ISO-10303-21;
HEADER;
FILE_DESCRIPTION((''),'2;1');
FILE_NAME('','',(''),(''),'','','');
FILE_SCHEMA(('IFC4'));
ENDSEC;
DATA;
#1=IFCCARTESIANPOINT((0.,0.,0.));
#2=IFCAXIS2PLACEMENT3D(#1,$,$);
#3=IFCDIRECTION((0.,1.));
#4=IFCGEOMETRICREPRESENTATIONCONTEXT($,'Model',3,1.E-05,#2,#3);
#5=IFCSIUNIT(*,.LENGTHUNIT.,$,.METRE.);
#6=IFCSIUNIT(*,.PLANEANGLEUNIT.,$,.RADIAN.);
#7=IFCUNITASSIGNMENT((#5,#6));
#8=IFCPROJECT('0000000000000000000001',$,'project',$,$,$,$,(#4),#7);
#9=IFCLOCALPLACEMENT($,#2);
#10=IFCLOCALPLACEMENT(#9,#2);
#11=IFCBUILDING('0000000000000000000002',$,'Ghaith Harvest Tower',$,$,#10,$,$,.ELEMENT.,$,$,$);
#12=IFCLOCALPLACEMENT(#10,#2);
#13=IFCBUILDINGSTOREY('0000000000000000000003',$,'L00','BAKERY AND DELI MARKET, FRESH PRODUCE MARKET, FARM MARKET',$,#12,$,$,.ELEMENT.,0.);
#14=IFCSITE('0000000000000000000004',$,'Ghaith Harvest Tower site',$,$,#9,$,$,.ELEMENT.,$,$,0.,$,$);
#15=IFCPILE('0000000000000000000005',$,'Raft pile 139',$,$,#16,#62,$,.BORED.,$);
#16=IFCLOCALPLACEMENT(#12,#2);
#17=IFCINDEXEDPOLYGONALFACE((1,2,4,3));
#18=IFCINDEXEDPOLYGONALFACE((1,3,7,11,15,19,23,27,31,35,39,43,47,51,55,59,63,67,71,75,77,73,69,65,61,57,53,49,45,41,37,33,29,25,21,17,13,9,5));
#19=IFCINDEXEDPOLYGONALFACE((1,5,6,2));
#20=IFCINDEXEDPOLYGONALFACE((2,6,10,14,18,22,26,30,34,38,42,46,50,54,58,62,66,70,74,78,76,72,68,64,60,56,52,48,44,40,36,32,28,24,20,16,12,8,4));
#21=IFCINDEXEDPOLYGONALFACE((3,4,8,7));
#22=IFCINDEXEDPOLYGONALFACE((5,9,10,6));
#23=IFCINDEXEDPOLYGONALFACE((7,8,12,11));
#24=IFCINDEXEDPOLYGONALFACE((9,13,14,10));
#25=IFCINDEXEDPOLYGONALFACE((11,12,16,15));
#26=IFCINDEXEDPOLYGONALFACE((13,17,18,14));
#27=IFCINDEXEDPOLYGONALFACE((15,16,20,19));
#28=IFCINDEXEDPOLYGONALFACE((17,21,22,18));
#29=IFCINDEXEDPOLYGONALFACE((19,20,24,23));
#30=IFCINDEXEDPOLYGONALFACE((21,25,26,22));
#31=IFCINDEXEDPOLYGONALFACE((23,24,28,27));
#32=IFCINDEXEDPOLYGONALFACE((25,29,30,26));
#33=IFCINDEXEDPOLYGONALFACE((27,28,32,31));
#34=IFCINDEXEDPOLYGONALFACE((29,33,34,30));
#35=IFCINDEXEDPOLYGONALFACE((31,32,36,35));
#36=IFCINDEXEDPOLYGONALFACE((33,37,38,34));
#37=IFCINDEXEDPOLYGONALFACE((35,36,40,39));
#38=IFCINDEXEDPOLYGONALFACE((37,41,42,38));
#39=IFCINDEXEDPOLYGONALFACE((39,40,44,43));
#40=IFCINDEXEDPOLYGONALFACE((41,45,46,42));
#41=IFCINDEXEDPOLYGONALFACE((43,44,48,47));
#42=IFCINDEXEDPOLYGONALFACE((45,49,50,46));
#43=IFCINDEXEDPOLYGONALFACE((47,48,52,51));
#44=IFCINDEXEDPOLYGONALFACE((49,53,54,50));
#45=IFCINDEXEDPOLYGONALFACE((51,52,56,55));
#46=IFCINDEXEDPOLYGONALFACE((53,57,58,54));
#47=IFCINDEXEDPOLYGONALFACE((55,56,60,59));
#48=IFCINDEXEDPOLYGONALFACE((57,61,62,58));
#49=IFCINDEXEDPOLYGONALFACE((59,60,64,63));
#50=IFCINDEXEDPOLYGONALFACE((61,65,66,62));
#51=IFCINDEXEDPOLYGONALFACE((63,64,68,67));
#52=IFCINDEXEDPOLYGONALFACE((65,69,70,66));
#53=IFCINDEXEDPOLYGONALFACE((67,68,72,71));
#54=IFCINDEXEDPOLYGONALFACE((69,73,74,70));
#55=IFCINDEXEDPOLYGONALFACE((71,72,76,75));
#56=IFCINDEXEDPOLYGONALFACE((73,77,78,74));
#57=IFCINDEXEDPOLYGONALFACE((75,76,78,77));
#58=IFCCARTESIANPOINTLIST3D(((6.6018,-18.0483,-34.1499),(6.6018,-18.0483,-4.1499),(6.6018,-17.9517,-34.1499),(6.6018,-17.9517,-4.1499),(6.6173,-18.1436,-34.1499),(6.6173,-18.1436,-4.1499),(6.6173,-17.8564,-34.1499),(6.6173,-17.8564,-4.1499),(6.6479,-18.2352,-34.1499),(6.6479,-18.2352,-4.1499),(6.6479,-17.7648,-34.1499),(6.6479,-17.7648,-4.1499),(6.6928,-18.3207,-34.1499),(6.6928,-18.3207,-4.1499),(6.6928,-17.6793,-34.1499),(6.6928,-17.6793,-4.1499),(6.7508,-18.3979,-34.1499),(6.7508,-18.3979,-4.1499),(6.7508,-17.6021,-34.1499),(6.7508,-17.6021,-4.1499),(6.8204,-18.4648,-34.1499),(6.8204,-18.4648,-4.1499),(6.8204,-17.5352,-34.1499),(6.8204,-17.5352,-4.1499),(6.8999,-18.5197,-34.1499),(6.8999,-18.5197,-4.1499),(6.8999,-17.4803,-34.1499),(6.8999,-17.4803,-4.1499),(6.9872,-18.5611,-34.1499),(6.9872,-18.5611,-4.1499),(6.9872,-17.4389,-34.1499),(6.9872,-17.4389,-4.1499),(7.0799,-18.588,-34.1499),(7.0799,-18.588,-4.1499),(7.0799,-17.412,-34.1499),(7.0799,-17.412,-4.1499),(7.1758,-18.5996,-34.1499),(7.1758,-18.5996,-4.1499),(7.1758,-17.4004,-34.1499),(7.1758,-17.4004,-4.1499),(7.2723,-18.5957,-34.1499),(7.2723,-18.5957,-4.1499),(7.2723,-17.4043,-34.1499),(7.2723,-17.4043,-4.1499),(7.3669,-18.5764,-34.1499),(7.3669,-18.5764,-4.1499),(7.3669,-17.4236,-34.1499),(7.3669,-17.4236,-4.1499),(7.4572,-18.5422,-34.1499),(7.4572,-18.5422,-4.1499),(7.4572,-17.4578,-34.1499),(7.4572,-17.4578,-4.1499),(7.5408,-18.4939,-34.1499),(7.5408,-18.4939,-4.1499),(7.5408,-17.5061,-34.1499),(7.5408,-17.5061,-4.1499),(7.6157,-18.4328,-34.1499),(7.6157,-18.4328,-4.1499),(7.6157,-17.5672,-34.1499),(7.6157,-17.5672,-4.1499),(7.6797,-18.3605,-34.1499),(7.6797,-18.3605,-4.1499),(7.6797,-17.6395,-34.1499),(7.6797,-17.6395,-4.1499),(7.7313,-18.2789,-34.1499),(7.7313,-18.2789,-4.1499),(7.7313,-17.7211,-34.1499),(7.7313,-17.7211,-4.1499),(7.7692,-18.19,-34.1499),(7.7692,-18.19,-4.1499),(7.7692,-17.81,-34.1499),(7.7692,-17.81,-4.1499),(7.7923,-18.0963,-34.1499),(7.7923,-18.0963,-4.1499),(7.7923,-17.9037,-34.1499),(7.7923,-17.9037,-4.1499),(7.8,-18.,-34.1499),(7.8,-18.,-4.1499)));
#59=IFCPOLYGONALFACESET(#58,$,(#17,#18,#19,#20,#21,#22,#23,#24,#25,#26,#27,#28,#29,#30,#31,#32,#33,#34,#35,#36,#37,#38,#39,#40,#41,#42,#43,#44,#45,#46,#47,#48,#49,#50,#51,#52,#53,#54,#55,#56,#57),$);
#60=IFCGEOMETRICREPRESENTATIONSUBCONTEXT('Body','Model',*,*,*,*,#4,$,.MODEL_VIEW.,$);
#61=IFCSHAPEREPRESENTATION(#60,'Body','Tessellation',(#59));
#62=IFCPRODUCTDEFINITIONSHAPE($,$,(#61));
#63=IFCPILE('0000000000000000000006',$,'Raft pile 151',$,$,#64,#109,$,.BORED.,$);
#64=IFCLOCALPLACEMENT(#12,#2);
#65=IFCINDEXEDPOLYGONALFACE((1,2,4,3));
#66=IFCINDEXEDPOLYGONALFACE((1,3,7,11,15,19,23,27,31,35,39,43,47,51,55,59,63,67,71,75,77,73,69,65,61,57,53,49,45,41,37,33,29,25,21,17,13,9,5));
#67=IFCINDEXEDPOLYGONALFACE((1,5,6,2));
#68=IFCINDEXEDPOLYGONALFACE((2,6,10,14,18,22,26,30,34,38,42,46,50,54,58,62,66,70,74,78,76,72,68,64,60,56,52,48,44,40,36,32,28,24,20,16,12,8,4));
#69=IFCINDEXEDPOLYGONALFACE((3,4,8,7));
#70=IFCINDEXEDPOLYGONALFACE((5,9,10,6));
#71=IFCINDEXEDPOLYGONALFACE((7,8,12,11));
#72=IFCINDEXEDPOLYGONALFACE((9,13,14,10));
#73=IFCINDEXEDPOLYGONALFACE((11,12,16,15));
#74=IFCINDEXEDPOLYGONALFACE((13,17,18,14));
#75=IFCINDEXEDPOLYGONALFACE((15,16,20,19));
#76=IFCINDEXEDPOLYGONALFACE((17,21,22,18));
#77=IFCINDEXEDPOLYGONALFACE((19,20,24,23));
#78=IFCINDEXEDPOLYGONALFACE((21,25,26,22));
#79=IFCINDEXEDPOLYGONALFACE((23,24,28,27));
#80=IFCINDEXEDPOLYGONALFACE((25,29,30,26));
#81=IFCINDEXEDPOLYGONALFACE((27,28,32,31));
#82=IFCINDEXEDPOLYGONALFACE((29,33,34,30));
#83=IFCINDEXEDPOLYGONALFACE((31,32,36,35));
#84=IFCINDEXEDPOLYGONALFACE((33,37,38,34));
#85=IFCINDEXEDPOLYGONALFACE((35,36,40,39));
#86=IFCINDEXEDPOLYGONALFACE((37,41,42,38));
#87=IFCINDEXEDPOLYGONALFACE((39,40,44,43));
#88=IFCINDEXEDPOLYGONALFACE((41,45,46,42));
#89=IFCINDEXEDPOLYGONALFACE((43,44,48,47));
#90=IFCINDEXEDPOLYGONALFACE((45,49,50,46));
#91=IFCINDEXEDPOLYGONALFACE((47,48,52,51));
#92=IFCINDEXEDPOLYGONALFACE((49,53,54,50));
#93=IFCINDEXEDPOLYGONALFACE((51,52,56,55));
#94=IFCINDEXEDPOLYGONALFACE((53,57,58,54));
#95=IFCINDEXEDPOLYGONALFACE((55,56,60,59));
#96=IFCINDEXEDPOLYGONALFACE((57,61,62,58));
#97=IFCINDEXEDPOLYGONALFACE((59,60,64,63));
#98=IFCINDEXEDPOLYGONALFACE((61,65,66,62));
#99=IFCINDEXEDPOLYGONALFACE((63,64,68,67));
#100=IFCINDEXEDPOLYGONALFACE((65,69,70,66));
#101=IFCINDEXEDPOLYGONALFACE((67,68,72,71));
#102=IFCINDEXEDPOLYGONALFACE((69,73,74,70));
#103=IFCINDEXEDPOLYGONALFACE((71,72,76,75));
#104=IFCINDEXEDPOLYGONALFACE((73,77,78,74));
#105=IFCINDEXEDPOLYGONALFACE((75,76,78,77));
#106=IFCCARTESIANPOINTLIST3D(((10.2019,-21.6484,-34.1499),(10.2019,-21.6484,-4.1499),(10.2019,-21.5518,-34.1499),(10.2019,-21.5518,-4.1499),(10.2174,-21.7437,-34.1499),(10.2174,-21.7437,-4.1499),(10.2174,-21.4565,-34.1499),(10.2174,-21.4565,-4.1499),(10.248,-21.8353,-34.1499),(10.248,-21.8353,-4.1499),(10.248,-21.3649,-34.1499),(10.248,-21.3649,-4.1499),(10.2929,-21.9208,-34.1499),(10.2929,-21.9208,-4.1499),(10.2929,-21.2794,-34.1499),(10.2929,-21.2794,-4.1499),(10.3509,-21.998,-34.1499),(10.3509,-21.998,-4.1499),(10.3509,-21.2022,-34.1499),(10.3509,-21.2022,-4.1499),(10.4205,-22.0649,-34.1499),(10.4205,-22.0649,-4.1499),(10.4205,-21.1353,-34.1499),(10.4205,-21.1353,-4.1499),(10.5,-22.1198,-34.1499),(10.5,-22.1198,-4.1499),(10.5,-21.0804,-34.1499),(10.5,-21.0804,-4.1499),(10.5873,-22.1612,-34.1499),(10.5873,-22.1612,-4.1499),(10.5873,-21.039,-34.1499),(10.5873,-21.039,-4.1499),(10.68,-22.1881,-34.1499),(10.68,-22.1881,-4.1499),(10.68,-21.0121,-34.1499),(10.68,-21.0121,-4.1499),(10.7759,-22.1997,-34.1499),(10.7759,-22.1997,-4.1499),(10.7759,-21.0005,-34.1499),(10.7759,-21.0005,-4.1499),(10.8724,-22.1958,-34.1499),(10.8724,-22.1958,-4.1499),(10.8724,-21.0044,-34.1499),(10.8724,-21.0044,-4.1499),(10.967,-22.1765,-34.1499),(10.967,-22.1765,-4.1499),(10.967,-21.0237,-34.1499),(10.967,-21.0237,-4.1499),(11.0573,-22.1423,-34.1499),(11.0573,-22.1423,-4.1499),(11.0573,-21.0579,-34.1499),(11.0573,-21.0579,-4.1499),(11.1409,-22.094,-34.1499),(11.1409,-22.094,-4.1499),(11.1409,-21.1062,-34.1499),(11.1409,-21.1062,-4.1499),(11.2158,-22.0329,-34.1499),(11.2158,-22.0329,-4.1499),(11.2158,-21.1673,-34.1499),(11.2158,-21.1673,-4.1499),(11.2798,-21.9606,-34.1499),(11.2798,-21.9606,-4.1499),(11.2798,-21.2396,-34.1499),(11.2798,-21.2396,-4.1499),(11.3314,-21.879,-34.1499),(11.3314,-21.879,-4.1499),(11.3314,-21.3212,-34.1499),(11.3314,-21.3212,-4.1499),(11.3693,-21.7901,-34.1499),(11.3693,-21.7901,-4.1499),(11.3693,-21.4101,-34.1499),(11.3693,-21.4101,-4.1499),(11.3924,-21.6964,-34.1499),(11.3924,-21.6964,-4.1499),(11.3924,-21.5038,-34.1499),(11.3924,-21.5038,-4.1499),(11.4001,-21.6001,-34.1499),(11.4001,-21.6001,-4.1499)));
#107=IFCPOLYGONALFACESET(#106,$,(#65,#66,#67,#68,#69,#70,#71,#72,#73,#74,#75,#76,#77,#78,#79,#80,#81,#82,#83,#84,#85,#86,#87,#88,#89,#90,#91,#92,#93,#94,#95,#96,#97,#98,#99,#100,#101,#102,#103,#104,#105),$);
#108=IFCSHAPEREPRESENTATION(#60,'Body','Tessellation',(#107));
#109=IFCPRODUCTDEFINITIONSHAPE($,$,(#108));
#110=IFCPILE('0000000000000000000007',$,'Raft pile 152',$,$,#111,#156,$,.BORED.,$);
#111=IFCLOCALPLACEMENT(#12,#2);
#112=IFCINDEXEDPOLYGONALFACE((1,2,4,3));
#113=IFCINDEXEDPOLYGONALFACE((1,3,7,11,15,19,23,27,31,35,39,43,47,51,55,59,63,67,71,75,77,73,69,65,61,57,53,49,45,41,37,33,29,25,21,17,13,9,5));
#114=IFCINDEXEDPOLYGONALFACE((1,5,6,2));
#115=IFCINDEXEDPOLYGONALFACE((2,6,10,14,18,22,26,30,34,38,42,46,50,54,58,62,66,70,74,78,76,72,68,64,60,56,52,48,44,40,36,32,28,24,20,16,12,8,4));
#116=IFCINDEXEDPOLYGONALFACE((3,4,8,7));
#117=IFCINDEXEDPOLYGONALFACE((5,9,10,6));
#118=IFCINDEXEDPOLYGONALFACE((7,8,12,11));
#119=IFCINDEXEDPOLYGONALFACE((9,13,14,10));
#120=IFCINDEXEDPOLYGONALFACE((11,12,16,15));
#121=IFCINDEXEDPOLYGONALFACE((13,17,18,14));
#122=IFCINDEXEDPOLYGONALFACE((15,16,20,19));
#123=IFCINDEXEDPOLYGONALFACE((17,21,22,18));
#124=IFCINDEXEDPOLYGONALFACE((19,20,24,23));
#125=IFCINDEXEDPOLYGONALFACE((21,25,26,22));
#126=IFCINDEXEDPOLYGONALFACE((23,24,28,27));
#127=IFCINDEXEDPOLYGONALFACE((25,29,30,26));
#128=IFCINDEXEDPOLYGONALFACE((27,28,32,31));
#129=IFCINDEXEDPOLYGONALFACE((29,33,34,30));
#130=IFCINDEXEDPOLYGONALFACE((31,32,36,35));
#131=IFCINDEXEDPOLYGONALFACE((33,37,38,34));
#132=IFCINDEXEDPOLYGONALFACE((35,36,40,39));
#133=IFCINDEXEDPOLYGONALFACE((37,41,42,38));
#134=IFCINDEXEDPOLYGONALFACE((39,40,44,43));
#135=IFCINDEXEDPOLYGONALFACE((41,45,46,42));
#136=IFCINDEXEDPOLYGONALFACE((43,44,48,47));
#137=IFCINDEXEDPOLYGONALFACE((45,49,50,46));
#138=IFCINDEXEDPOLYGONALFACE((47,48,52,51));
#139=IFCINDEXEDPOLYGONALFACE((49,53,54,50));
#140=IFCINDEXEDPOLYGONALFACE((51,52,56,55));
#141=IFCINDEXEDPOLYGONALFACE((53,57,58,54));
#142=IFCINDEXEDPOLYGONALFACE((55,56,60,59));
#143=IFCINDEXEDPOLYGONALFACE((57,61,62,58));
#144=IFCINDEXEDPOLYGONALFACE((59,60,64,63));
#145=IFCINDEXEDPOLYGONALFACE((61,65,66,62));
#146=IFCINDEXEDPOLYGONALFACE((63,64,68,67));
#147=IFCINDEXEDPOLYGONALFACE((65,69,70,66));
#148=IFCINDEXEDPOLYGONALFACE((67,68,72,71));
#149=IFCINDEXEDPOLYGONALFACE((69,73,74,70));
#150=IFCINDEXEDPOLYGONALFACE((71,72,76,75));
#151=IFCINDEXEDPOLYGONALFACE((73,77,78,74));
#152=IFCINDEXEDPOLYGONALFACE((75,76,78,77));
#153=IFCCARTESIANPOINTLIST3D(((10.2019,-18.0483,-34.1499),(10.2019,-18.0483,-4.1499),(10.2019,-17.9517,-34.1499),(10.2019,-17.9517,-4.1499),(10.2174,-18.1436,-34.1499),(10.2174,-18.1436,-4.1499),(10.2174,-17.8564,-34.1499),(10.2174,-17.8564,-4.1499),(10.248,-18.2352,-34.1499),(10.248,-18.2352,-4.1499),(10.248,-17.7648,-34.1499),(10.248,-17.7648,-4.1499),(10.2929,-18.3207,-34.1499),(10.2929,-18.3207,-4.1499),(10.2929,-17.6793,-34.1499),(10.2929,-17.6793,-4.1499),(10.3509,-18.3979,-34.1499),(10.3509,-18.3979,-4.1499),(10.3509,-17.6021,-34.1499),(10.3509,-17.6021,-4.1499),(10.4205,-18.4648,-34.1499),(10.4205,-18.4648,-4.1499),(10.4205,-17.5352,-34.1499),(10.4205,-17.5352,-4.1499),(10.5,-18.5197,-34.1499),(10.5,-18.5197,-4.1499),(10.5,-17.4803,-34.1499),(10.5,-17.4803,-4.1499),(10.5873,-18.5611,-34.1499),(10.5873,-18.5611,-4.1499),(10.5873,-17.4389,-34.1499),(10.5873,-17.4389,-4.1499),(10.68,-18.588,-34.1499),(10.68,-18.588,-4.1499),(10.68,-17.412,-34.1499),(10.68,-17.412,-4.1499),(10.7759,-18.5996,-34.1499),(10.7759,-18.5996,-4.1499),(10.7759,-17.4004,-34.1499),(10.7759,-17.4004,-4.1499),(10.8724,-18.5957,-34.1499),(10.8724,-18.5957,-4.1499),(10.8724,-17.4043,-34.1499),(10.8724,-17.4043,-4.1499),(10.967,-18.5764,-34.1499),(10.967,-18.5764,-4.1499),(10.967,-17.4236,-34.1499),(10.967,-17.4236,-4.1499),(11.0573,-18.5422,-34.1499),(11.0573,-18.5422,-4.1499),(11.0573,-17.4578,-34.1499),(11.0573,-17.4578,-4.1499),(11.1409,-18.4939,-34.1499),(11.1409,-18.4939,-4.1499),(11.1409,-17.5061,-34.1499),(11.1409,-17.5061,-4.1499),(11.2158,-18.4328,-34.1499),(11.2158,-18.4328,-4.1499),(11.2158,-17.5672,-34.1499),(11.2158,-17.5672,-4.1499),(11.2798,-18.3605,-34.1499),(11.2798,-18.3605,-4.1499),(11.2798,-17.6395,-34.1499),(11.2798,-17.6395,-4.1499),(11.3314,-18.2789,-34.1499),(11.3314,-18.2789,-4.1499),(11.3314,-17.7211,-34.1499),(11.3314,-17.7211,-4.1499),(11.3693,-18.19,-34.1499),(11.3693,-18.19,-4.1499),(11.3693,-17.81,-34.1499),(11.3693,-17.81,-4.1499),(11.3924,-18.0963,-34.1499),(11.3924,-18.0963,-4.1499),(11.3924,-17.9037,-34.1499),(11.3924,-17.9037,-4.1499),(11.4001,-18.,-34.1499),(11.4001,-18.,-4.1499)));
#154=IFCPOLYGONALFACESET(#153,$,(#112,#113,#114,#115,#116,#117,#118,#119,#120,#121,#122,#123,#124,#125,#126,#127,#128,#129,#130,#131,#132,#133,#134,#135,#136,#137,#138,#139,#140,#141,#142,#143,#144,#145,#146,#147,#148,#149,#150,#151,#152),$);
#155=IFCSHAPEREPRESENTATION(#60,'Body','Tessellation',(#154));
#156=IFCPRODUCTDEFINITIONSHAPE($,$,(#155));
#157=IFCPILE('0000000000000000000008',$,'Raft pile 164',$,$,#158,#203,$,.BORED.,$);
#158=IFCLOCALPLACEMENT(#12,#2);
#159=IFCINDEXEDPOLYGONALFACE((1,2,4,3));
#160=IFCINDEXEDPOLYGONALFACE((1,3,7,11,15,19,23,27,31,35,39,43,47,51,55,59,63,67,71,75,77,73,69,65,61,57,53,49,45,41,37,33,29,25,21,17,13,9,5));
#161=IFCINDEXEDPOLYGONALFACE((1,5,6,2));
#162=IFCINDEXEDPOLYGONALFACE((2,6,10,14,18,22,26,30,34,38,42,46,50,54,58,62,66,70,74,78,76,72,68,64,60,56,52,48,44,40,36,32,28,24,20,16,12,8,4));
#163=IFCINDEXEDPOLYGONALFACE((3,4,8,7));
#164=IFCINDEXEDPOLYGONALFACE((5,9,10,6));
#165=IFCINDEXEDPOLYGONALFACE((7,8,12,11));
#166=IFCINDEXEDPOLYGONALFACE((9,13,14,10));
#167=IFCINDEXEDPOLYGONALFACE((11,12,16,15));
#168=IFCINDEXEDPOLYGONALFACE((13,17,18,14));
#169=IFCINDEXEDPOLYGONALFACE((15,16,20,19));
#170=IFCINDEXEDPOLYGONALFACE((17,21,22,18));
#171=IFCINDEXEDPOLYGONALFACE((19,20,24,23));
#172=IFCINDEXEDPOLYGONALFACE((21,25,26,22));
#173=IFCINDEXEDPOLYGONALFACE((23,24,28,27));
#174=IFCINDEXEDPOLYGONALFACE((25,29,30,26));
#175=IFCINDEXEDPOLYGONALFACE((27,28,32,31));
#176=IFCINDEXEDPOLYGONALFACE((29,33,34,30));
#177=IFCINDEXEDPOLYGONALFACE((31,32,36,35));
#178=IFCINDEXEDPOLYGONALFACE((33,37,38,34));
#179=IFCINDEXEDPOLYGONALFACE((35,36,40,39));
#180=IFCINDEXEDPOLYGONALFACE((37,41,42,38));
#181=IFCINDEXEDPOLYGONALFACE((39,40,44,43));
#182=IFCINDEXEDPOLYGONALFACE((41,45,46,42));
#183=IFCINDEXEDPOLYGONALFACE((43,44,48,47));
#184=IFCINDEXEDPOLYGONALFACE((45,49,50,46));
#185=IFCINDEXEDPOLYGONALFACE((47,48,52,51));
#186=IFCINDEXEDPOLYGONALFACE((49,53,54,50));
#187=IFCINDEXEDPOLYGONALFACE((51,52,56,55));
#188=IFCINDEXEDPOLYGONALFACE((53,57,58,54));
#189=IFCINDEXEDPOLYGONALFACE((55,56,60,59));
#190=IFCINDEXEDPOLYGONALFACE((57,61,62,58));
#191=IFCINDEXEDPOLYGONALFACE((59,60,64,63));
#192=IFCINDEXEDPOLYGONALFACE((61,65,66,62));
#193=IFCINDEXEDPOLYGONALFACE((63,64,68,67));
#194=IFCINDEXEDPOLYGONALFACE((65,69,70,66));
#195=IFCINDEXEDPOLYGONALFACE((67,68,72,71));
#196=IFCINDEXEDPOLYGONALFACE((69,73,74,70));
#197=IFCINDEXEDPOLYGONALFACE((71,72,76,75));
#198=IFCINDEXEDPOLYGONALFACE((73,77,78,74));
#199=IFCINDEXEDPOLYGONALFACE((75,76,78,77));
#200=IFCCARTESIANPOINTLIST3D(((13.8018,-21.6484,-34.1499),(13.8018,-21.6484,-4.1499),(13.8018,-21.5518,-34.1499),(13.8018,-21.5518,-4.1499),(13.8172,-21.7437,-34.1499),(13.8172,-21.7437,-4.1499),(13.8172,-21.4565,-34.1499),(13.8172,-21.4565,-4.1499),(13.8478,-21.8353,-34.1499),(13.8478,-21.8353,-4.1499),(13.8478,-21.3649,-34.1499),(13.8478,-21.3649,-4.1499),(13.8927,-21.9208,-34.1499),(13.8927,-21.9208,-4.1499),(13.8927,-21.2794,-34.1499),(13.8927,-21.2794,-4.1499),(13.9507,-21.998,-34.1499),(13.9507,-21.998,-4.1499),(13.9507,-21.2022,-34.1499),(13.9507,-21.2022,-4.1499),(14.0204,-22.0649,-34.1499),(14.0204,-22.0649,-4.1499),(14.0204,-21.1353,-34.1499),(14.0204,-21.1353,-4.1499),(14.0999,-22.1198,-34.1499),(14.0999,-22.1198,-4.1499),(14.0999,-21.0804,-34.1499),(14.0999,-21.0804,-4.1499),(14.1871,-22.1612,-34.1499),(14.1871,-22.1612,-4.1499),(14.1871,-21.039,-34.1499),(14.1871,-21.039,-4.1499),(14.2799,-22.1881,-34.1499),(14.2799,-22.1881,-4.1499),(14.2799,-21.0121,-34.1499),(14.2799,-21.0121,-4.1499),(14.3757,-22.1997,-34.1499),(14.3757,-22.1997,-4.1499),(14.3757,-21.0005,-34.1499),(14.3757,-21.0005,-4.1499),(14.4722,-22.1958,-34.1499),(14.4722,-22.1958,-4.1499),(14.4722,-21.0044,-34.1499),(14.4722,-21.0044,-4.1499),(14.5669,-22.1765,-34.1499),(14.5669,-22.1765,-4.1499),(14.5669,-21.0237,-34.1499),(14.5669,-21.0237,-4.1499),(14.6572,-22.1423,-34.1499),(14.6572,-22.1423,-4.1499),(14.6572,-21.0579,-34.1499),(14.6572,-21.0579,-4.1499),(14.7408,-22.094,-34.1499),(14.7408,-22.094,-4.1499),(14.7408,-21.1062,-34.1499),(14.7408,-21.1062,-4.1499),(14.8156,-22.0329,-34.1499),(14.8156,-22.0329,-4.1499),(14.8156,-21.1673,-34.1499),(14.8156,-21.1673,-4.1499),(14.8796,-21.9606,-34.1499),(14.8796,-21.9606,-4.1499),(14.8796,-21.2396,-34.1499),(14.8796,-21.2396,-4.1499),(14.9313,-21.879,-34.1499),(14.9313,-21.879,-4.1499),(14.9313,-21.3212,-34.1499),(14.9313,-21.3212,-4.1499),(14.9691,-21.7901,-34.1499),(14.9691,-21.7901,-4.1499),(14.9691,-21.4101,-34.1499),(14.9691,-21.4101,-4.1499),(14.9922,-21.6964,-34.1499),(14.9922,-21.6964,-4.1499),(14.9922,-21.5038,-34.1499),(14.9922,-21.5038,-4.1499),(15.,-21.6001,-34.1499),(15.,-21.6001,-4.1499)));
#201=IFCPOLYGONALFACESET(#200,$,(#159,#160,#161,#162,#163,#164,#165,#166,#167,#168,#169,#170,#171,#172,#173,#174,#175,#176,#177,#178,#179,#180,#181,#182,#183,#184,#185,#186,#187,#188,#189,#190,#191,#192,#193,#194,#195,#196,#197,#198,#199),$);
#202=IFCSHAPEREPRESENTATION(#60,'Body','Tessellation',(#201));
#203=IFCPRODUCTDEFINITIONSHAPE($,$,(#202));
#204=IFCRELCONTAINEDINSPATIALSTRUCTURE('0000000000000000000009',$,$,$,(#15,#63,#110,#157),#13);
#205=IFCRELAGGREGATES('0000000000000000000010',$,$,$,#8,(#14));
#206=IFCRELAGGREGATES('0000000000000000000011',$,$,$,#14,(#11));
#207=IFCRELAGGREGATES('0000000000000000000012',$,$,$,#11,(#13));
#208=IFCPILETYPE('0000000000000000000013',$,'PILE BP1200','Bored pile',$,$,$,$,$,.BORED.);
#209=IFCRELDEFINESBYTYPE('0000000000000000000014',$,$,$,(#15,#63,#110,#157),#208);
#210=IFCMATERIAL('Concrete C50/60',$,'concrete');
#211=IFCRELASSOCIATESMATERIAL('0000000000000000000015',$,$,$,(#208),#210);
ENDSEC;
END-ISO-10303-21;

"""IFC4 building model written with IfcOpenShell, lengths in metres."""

from ifc_helpers import new_model, si_unit, direction, frame, origin, origin_2d, place, context, subcontext, project, spatial, circle, extrude, material, material_profile, profile_set, type_object, element, save


model = new_model("IFC4")

# Units and contexts
model_context = context("Model", 3, precision=1e-05, world=origin(), true_north=direction((0.0, 1.0)))
body_context = subcontext(model_context, "Body", "Model", "MODEL_VIEW")
ifc_project = project(units=[si_unit("LENGTHUNIT", "METRE"), si_unit("PLANEANGLEUNIT", "RADIAN")], contexts=[model_context])

# Site, building, storey
site_placement = place(None, origin())
site = spatial("IfcSite", under=ifc_project, at=site_placement, Name="Ghaith Harvest Tower site", CompositionType="ELEMENT", RefElevation=0.0)
building_placement = place(site_placement, origin())
building = spatial("IfcBuilding", under=site, at=building_placement, Name="Ghaith Harvest Tower", CompositionType="ELEMENT")
storey_placement = place(building_placement, origin())
storey = spatial("IfcBuildingStorey", under=building, at=storey_placement, Name="L00", Description="BAKERY AND DELI MARKET, FRESH PRODUCE MARKET, FARM MARKET", CompositionType="ELEMENT", Elevation=0.0)

# Piles
ifc_material_1 = material(Name="Concrete C50/60", Category="concrete")
ifc_material_profile_1 = material_profile(ifc_material_1, circle(Radius=0.6001, at=origin_2d()), Name="PILE1200")
ifc_profile_set_1 = profile_set([ifc_material_profile_1], Name="Concrete C50/60")
pile_type = type_object("IfcPileType", Name="PILE BP1200", Description="Bored pile", PredefinedType="BORED", material=ifc_profile_set_1)
for number, where, z_axis, x_axis, name in (
    (1, (7.2, -18.0, -4.1499), (0.0, 0.0, -1.0), (1.0, 0.0, 0.0), "Raft pile 139"),
    (2, (10.8, -21.6001, -4.1499), (0.0, 0.0, -1.0), (1.0, 0.0, 0.0), "Raft pile 151"),
    (3, (10.8, -18.0, -4.1499), (0.0, 0.0, -1.0), (1.0, 0.0, 0.0), "Raft pile 152"),
    (4, (14.3999, -21.6001, -4.1499), (0.0, 0.0, -1.0), (1.0, 0.0, 0.0), "Raft pile 164"),
):
    element("IfcPile", number, at=place(storey_placement, frame(where, z_axis=z_axis, x_axis=x_axis)), inside=storey, type_object=pile_type, Name=name, PredefinedType="BORED", context=body_context, shape_type="SweptSolid", body=[
        extrude(circle(Radius=0.6001, at=origin_2d()), origin(), (0.0, 0.0, 1.0), 30.0),
    ])

save(model, "model.ifc")
